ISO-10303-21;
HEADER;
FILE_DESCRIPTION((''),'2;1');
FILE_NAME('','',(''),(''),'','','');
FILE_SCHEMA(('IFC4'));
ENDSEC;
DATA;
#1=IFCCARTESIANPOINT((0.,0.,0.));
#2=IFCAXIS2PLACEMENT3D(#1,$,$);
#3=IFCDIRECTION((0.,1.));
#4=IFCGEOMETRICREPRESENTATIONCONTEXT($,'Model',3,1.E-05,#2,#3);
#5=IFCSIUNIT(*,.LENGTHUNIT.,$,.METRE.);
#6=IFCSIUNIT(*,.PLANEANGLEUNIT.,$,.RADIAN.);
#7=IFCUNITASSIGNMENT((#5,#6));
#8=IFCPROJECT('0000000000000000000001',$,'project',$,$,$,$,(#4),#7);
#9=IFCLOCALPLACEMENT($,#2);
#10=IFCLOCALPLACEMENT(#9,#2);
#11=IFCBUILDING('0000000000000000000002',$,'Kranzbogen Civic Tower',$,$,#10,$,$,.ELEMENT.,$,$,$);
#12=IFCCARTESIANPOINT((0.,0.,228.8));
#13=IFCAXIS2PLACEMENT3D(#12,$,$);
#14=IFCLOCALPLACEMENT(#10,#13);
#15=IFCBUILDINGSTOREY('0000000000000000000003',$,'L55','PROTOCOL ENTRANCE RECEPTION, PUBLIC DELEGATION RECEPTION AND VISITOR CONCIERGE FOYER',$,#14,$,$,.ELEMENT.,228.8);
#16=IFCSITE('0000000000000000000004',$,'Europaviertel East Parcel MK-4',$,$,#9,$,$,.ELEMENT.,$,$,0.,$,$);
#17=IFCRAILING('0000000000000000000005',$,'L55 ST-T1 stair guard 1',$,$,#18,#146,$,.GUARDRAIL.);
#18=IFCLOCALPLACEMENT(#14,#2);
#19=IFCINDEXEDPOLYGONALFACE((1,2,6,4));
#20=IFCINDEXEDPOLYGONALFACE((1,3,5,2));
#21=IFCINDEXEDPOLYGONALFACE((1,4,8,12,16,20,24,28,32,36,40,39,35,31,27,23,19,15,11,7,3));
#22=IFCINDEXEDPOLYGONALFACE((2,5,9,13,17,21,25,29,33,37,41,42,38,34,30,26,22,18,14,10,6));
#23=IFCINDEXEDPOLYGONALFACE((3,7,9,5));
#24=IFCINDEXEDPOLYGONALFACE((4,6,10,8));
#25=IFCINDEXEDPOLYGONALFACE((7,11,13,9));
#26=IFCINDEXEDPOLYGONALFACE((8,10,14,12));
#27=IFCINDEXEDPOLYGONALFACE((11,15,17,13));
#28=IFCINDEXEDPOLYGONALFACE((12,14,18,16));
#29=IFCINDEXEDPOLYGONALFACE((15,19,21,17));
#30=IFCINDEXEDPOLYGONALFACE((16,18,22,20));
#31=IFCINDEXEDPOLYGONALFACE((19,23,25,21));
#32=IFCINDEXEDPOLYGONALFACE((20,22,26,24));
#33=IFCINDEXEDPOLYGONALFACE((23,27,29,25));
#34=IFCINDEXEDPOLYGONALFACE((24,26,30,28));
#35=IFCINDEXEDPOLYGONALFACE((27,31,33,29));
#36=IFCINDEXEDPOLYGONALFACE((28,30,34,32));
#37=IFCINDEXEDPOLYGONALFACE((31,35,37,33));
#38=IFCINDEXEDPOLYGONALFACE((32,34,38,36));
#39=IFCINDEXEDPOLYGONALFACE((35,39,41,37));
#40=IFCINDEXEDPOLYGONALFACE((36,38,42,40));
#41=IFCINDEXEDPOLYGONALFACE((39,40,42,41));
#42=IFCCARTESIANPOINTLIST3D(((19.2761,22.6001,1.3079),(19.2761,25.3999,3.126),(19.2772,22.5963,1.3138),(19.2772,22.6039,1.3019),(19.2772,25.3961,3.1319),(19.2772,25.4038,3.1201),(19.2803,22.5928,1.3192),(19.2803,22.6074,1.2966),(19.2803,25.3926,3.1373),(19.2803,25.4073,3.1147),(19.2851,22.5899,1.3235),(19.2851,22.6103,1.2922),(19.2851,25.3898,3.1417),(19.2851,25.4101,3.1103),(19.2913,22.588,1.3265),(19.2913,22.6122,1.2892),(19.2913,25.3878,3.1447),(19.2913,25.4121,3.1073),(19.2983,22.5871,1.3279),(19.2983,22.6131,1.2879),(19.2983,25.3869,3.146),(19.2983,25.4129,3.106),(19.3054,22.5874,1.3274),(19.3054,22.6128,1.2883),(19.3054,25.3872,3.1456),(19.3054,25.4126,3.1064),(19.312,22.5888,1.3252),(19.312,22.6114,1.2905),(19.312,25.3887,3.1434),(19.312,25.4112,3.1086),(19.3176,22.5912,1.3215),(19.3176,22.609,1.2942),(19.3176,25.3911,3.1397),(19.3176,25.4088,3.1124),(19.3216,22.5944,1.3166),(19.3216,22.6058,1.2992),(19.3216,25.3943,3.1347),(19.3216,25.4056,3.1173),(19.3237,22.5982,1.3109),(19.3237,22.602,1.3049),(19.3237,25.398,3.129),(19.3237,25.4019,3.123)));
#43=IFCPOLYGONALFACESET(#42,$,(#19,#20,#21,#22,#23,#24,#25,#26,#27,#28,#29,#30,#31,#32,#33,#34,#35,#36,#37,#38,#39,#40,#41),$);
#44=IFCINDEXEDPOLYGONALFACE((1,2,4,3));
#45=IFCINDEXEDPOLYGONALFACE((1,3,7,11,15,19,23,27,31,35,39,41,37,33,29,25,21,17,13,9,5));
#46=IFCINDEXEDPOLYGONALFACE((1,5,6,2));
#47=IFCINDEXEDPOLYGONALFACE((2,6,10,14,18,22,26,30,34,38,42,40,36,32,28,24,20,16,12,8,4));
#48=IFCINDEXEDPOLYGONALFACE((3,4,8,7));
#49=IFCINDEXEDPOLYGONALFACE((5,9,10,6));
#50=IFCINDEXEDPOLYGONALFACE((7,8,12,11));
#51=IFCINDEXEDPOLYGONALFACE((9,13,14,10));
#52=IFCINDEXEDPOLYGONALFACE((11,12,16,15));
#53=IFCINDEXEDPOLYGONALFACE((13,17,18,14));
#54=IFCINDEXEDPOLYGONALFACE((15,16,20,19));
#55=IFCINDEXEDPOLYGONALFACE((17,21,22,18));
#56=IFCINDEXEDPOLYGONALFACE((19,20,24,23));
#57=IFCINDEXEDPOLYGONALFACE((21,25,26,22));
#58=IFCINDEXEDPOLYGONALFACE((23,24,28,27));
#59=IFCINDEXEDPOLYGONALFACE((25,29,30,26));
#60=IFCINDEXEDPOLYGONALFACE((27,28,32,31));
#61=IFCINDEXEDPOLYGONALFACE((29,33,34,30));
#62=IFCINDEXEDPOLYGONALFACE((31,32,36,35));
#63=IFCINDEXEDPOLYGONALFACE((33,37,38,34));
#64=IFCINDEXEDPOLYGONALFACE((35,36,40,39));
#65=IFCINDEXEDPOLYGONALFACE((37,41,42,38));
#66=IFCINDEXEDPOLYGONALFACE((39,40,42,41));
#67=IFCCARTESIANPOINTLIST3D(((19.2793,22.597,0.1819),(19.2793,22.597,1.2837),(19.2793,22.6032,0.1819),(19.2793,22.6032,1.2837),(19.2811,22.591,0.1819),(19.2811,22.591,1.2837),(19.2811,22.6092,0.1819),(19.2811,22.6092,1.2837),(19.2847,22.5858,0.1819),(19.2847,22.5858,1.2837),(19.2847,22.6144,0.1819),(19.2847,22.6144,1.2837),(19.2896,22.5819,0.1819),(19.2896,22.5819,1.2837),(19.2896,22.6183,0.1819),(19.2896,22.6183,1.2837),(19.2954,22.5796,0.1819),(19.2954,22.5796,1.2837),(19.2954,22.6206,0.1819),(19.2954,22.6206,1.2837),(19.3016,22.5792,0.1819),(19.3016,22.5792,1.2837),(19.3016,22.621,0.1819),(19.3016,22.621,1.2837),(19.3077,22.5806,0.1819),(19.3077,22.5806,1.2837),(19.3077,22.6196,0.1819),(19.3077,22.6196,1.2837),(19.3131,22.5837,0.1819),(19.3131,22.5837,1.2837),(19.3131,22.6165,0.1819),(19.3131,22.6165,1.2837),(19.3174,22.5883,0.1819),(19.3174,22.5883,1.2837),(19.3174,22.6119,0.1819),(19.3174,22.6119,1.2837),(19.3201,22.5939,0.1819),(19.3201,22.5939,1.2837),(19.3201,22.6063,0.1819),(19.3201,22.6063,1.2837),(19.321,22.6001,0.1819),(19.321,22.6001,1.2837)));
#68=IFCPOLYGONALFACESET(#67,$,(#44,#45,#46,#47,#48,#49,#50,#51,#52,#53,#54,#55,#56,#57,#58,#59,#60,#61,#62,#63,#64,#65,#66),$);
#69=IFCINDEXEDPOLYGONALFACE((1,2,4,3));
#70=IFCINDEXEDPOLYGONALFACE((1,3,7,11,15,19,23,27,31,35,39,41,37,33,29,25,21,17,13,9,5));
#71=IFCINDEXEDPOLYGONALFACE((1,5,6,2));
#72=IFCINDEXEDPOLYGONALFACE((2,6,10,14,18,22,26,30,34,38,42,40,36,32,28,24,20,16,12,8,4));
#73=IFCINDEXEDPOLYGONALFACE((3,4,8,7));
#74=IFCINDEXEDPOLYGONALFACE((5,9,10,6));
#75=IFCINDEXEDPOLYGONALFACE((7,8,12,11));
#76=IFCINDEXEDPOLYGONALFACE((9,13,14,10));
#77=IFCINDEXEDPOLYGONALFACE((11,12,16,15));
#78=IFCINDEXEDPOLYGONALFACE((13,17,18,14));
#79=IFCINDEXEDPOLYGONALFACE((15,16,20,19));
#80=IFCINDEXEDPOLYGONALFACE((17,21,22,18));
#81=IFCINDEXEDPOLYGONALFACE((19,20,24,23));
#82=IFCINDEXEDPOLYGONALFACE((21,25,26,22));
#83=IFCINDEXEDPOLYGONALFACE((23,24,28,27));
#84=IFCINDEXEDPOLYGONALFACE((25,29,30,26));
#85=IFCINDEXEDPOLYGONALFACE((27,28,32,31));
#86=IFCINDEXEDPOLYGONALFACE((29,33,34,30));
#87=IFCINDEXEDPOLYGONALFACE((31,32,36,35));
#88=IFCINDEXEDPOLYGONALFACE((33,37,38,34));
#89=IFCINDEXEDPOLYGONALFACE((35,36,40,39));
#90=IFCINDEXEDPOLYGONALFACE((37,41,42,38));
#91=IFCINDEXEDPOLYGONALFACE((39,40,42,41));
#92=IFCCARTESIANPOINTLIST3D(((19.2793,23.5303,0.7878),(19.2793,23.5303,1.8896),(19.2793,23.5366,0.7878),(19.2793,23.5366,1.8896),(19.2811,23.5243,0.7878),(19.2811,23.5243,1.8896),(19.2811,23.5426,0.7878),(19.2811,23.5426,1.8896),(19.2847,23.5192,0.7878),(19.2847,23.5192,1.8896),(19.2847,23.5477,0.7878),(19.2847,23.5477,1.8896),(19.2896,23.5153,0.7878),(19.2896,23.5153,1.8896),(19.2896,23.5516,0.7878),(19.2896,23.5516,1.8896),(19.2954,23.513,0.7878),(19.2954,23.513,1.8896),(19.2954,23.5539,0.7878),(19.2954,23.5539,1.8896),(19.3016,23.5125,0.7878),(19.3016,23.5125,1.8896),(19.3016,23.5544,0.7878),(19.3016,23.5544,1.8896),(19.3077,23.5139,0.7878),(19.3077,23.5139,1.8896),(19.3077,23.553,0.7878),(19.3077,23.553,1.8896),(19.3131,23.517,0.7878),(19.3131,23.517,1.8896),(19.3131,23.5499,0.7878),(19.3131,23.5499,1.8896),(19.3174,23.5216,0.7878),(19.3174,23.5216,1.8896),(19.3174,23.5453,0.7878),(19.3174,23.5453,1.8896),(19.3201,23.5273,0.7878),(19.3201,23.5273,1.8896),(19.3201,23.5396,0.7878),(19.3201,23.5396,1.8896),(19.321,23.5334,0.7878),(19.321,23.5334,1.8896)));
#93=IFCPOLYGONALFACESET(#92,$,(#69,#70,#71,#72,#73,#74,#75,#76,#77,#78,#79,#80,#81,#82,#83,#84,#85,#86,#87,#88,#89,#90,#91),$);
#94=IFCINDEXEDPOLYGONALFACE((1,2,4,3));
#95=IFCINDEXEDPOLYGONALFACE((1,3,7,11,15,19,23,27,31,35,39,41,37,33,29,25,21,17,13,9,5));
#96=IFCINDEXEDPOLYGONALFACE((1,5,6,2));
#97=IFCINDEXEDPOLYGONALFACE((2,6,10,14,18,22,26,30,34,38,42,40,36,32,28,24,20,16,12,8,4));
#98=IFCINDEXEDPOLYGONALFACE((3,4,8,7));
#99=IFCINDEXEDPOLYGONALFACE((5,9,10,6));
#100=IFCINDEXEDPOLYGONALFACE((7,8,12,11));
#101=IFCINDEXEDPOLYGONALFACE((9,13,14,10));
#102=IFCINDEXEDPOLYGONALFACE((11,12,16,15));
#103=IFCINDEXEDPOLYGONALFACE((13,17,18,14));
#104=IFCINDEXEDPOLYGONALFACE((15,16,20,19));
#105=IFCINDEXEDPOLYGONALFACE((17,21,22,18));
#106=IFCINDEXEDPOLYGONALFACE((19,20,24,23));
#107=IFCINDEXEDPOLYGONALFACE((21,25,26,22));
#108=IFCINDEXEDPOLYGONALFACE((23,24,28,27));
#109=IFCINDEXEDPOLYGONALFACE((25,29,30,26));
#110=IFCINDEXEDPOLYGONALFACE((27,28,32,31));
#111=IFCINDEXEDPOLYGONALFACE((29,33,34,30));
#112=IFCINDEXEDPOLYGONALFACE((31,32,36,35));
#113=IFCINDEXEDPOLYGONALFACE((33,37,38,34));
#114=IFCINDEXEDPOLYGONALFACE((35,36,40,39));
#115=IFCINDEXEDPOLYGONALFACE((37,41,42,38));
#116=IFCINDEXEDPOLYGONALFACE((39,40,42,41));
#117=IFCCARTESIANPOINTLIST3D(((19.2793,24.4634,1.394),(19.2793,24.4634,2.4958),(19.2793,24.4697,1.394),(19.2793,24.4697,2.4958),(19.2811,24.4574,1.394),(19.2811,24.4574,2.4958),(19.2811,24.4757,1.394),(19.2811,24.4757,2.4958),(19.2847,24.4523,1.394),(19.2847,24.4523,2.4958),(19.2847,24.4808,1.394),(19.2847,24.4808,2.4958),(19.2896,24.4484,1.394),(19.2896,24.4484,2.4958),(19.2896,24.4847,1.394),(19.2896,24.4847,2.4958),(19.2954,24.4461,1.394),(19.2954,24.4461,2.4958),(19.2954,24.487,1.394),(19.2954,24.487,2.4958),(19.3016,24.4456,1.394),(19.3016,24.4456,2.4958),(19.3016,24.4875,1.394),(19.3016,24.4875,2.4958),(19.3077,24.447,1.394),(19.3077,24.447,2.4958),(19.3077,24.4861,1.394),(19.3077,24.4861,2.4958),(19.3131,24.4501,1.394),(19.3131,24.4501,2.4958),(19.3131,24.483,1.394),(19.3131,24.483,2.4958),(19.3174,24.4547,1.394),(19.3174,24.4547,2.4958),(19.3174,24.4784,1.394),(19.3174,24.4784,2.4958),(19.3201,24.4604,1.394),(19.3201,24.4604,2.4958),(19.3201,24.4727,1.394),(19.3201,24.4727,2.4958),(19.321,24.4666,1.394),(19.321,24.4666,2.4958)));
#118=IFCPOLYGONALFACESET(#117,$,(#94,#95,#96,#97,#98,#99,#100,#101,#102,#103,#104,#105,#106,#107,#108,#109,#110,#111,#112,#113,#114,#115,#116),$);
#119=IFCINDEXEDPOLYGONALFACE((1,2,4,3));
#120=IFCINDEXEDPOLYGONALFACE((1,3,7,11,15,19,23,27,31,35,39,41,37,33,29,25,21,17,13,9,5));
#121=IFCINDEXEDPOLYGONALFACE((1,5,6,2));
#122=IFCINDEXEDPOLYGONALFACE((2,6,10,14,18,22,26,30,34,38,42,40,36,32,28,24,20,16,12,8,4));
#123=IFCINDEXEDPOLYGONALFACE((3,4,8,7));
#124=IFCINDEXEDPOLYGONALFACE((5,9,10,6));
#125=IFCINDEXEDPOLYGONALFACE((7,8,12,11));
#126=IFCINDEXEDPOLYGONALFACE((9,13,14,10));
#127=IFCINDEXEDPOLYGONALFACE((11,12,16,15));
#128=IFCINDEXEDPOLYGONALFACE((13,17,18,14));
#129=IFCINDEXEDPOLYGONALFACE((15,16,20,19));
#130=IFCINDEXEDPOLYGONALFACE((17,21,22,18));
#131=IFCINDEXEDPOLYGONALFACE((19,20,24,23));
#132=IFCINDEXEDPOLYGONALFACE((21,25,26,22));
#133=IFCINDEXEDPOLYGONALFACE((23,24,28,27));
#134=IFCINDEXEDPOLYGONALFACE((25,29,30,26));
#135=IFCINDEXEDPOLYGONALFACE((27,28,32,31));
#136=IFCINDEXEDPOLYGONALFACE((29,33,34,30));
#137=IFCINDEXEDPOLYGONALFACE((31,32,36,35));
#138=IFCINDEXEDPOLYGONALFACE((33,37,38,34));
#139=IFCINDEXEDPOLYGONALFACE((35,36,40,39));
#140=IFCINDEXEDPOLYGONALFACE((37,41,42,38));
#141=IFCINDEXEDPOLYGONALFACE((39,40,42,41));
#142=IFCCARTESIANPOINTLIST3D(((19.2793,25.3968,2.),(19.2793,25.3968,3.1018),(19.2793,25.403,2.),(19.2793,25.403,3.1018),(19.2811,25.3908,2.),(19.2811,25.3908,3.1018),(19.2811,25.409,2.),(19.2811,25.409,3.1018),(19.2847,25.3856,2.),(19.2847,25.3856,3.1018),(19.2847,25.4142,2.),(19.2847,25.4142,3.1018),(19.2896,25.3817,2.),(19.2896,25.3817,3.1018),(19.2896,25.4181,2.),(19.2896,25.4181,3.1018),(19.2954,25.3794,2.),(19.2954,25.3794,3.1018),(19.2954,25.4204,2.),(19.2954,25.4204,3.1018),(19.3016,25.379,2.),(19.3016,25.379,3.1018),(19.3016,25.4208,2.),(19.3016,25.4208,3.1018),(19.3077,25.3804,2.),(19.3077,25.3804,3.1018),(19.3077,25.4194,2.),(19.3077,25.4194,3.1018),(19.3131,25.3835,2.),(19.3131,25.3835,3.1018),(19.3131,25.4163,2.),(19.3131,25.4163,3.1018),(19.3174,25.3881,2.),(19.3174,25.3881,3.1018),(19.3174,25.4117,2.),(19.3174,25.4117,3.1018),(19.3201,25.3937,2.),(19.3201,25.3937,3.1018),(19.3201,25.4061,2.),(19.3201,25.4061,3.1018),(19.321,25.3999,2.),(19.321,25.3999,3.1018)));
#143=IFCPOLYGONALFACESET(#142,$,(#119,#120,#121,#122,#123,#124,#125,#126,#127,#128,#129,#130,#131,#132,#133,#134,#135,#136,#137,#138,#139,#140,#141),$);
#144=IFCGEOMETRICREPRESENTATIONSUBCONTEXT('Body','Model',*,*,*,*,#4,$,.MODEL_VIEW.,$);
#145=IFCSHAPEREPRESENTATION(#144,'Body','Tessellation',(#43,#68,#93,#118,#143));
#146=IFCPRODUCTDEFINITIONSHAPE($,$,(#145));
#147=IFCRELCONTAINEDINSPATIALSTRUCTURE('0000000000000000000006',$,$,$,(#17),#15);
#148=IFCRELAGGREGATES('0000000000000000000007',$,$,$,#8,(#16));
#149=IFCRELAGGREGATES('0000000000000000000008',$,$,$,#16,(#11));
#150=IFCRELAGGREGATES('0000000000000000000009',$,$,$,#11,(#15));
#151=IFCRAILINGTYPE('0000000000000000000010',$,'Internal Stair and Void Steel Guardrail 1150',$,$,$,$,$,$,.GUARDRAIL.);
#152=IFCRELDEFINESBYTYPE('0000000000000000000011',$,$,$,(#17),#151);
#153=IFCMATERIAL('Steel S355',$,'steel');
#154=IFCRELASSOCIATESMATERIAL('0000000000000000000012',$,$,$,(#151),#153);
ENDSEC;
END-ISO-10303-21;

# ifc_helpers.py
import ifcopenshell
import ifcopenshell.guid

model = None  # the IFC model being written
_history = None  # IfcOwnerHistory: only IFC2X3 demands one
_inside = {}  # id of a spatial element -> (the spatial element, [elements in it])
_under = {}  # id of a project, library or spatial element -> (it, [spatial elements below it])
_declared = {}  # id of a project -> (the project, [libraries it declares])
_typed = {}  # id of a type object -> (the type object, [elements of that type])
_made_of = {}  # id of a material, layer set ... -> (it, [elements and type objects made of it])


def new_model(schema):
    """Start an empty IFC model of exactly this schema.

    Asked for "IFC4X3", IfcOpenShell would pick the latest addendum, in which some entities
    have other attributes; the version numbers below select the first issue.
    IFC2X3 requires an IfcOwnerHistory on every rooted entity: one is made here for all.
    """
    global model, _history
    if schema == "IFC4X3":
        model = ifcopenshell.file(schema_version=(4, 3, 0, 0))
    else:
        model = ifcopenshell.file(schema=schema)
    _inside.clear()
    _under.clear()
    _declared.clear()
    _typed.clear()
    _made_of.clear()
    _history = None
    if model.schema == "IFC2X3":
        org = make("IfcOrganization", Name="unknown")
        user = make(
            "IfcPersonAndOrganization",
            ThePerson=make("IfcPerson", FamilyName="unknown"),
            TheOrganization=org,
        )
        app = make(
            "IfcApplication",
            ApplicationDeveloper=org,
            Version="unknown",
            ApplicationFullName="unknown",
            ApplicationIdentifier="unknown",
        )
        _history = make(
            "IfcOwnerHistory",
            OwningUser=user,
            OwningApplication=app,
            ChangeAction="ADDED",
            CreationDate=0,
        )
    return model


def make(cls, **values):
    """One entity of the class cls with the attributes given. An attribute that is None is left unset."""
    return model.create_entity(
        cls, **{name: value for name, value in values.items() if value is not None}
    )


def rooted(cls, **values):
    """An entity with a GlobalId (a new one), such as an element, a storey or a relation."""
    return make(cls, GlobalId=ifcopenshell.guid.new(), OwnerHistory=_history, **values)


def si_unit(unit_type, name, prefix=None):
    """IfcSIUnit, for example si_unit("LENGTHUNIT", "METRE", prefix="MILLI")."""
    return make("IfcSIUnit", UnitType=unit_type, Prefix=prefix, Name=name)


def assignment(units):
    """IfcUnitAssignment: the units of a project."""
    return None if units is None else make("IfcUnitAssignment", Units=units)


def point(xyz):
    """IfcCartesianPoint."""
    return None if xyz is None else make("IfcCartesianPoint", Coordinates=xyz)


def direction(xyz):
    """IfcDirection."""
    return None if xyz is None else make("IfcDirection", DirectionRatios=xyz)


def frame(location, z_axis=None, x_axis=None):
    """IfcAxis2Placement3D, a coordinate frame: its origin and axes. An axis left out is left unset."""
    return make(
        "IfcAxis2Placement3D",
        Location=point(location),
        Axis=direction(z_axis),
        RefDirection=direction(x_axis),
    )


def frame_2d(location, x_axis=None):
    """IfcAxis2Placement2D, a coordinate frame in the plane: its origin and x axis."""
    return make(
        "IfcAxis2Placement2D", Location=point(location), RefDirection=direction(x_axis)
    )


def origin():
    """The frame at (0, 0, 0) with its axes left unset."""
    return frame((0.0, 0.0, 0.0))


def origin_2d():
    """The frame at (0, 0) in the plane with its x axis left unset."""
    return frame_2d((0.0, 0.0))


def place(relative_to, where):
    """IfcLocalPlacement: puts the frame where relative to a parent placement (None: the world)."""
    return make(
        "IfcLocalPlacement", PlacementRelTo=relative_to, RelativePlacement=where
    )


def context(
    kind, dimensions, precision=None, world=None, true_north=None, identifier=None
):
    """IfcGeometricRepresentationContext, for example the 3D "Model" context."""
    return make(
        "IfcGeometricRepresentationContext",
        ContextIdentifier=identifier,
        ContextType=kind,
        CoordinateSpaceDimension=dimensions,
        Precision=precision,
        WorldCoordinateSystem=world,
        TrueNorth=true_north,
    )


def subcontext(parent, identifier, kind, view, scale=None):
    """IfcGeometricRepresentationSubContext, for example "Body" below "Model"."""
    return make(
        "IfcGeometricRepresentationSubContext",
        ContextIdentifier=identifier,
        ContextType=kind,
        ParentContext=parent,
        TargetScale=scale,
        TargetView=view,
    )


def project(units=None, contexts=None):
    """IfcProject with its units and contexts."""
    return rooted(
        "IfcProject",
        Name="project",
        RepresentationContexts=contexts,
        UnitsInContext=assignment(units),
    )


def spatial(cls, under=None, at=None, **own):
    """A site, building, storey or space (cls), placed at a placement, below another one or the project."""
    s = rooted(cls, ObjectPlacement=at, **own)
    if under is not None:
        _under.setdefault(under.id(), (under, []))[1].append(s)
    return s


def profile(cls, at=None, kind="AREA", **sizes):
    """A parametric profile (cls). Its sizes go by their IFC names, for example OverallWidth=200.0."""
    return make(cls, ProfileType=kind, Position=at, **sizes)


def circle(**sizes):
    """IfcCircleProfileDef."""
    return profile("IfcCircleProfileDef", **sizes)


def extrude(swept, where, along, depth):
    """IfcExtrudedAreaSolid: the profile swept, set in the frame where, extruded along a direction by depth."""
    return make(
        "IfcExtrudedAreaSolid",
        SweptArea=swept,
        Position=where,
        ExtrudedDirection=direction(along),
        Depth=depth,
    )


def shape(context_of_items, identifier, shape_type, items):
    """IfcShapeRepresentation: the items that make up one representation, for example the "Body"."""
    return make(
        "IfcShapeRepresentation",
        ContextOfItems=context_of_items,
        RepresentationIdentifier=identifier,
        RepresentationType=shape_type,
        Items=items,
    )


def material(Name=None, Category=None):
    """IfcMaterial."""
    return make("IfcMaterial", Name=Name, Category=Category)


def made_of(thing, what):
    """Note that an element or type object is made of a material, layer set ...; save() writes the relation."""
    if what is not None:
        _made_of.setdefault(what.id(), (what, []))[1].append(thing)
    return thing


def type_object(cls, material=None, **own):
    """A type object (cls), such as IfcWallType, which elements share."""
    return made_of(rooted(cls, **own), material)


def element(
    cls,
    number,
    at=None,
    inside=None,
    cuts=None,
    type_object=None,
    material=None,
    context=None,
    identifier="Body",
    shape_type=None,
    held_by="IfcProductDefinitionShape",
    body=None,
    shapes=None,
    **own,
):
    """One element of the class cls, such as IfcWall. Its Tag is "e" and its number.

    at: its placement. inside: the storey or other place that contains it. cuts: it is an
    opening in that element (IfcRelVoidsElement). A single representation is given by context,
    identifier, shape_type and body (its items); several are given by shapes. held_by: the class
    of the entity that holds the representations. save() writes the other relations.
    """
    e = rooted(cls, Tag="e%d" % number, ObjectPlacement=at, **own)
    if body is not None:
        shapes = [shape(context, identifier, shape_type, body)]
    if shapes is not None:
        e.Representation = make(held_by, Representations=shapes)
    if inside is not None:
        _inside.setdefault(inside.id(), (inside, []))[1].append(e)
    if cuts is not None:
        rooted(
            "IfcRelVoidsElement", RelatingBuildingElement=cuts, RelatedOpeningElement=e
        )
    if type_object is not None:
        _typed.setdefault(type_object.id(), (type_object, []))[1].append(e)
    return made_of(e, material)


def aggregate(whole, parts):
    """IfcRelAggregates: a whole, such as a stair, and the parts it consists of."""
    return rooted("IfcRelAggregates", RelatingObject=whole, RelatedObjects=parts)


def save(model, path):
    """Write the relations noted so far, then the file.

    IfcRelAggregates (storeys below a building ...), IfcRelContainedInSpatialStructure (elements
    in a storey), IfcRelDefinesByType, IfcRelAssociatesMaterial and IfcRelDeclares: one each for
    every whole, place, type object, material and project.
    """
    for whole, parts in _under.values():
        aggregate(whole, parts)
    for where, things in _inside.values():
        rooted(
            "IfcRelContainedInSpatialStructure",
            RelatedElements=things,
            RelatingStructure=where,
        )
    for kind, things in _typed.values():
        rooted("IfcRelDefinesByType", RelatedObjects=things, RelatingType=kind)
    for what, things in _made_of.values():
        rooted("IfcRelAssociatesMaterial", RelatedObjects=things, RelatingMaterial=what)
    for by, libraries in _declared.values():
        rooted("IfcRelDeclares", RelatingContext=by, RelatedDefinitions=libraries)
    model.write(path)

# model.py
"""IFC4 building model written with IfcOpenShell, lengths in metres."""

from ifc_helpers import new_model, si_unit, direction, frame, origin, origin_2d, place, context, subcontext, project, spatial, circle, extrude, material, type_object, element, save


model = new_model("IFC4")

# Units and contexts
model_context = context("Model", 3, precision=1e-05, world=origin(), true_north=direction((0.0, 1.0)))
body_context = subcontext(model_context, "Body", "Model", "MODEL_VIEW")
ifc_project = project(units=[si_unit("LENGTHUNIT", "METRE"), si_unit("PLANEANGLEUNIT", "RADIAN")], contexts=[model_context])

# Site, building, storey
site_placement = place(None, origin())
site = spatial("IfcSite", under=ifc_project, at=site_placement, Name="Europaviertel East Parcel MK-4", CompositionType="ELEMENT", RefElevation=0.0)
building_placement = place(site_placement, origin())
building = spatial("IfcBuilding", under=site, at=building_placement, Name="Kranzbogen Civic Tower", CompositionType="ELEMENT")
storey_placement = place(building_placement, frame((0.0, 0.0, 228.8)))
storey = spatial("IfcBuildingStorey", under=building, at=storey_placement, Name="L55", Description="PROTOCOL ENTRANCE RECEPTION, PUBLIC DELEGATION RECEPTION AND VISITOR CONCIERGE FOYER", CompositionType="ELEMENT", Elevation=228.8)

# Shared definitions
ifc_material_1 = material(Name="Steel S355", Category="steel")

# Railing
railing_type_1 = type_object("IfcRailingType", Name="Internal Stair and Void Steel Guardrail 1150", PredefinedType="GUARDRAIL", material=ifc_material_1)
railing_1_placement = place(storey_placement, frame((19.3, 22.6001, 0.1819)))
element("IfcRailing", 1, at=railing_1_placement, inside=storey, type_object=railing_type_1, Name="L55 ST-T1 stair guard 1", PredefinedType="GUARDRAIL", context=body_context, shape_type="SweptSolid", body=[
    extrude(circle(Radius=0.0239, at=origin_2d()), frame((0.0, 0.0, 1.126), z_axis=(0.0, 0.838684, 0.544618), x_axis=(-1.0, 0.0, 0.0)), (0.0, 0.0, 1.0), 3.3384),
    extrude(circle(Radius=0.021, at=origin_2d()), origin(), (0.0, 0.0, 1.0), 1.1018),
    extrude(circle(Radius=0.021, at=origin_2d()), frame((0.0, 0.9333, 0.606)), (0.0, 0.0, 1.0), 1.1018),
    extrude(circle(Radius=0.021, at=origin_2d()), frame((0.0, 1.8665, 1.2122)), (0.0, 0.0, 1.0), 1.1018),
    extrude(circle(Radius=0.021, at=origin_2d()), frame((0.0, 2.7998, 1.8181)), (0.0, 0.0, 1.0), 1.1018),
])

save(model, "model.ifc")
